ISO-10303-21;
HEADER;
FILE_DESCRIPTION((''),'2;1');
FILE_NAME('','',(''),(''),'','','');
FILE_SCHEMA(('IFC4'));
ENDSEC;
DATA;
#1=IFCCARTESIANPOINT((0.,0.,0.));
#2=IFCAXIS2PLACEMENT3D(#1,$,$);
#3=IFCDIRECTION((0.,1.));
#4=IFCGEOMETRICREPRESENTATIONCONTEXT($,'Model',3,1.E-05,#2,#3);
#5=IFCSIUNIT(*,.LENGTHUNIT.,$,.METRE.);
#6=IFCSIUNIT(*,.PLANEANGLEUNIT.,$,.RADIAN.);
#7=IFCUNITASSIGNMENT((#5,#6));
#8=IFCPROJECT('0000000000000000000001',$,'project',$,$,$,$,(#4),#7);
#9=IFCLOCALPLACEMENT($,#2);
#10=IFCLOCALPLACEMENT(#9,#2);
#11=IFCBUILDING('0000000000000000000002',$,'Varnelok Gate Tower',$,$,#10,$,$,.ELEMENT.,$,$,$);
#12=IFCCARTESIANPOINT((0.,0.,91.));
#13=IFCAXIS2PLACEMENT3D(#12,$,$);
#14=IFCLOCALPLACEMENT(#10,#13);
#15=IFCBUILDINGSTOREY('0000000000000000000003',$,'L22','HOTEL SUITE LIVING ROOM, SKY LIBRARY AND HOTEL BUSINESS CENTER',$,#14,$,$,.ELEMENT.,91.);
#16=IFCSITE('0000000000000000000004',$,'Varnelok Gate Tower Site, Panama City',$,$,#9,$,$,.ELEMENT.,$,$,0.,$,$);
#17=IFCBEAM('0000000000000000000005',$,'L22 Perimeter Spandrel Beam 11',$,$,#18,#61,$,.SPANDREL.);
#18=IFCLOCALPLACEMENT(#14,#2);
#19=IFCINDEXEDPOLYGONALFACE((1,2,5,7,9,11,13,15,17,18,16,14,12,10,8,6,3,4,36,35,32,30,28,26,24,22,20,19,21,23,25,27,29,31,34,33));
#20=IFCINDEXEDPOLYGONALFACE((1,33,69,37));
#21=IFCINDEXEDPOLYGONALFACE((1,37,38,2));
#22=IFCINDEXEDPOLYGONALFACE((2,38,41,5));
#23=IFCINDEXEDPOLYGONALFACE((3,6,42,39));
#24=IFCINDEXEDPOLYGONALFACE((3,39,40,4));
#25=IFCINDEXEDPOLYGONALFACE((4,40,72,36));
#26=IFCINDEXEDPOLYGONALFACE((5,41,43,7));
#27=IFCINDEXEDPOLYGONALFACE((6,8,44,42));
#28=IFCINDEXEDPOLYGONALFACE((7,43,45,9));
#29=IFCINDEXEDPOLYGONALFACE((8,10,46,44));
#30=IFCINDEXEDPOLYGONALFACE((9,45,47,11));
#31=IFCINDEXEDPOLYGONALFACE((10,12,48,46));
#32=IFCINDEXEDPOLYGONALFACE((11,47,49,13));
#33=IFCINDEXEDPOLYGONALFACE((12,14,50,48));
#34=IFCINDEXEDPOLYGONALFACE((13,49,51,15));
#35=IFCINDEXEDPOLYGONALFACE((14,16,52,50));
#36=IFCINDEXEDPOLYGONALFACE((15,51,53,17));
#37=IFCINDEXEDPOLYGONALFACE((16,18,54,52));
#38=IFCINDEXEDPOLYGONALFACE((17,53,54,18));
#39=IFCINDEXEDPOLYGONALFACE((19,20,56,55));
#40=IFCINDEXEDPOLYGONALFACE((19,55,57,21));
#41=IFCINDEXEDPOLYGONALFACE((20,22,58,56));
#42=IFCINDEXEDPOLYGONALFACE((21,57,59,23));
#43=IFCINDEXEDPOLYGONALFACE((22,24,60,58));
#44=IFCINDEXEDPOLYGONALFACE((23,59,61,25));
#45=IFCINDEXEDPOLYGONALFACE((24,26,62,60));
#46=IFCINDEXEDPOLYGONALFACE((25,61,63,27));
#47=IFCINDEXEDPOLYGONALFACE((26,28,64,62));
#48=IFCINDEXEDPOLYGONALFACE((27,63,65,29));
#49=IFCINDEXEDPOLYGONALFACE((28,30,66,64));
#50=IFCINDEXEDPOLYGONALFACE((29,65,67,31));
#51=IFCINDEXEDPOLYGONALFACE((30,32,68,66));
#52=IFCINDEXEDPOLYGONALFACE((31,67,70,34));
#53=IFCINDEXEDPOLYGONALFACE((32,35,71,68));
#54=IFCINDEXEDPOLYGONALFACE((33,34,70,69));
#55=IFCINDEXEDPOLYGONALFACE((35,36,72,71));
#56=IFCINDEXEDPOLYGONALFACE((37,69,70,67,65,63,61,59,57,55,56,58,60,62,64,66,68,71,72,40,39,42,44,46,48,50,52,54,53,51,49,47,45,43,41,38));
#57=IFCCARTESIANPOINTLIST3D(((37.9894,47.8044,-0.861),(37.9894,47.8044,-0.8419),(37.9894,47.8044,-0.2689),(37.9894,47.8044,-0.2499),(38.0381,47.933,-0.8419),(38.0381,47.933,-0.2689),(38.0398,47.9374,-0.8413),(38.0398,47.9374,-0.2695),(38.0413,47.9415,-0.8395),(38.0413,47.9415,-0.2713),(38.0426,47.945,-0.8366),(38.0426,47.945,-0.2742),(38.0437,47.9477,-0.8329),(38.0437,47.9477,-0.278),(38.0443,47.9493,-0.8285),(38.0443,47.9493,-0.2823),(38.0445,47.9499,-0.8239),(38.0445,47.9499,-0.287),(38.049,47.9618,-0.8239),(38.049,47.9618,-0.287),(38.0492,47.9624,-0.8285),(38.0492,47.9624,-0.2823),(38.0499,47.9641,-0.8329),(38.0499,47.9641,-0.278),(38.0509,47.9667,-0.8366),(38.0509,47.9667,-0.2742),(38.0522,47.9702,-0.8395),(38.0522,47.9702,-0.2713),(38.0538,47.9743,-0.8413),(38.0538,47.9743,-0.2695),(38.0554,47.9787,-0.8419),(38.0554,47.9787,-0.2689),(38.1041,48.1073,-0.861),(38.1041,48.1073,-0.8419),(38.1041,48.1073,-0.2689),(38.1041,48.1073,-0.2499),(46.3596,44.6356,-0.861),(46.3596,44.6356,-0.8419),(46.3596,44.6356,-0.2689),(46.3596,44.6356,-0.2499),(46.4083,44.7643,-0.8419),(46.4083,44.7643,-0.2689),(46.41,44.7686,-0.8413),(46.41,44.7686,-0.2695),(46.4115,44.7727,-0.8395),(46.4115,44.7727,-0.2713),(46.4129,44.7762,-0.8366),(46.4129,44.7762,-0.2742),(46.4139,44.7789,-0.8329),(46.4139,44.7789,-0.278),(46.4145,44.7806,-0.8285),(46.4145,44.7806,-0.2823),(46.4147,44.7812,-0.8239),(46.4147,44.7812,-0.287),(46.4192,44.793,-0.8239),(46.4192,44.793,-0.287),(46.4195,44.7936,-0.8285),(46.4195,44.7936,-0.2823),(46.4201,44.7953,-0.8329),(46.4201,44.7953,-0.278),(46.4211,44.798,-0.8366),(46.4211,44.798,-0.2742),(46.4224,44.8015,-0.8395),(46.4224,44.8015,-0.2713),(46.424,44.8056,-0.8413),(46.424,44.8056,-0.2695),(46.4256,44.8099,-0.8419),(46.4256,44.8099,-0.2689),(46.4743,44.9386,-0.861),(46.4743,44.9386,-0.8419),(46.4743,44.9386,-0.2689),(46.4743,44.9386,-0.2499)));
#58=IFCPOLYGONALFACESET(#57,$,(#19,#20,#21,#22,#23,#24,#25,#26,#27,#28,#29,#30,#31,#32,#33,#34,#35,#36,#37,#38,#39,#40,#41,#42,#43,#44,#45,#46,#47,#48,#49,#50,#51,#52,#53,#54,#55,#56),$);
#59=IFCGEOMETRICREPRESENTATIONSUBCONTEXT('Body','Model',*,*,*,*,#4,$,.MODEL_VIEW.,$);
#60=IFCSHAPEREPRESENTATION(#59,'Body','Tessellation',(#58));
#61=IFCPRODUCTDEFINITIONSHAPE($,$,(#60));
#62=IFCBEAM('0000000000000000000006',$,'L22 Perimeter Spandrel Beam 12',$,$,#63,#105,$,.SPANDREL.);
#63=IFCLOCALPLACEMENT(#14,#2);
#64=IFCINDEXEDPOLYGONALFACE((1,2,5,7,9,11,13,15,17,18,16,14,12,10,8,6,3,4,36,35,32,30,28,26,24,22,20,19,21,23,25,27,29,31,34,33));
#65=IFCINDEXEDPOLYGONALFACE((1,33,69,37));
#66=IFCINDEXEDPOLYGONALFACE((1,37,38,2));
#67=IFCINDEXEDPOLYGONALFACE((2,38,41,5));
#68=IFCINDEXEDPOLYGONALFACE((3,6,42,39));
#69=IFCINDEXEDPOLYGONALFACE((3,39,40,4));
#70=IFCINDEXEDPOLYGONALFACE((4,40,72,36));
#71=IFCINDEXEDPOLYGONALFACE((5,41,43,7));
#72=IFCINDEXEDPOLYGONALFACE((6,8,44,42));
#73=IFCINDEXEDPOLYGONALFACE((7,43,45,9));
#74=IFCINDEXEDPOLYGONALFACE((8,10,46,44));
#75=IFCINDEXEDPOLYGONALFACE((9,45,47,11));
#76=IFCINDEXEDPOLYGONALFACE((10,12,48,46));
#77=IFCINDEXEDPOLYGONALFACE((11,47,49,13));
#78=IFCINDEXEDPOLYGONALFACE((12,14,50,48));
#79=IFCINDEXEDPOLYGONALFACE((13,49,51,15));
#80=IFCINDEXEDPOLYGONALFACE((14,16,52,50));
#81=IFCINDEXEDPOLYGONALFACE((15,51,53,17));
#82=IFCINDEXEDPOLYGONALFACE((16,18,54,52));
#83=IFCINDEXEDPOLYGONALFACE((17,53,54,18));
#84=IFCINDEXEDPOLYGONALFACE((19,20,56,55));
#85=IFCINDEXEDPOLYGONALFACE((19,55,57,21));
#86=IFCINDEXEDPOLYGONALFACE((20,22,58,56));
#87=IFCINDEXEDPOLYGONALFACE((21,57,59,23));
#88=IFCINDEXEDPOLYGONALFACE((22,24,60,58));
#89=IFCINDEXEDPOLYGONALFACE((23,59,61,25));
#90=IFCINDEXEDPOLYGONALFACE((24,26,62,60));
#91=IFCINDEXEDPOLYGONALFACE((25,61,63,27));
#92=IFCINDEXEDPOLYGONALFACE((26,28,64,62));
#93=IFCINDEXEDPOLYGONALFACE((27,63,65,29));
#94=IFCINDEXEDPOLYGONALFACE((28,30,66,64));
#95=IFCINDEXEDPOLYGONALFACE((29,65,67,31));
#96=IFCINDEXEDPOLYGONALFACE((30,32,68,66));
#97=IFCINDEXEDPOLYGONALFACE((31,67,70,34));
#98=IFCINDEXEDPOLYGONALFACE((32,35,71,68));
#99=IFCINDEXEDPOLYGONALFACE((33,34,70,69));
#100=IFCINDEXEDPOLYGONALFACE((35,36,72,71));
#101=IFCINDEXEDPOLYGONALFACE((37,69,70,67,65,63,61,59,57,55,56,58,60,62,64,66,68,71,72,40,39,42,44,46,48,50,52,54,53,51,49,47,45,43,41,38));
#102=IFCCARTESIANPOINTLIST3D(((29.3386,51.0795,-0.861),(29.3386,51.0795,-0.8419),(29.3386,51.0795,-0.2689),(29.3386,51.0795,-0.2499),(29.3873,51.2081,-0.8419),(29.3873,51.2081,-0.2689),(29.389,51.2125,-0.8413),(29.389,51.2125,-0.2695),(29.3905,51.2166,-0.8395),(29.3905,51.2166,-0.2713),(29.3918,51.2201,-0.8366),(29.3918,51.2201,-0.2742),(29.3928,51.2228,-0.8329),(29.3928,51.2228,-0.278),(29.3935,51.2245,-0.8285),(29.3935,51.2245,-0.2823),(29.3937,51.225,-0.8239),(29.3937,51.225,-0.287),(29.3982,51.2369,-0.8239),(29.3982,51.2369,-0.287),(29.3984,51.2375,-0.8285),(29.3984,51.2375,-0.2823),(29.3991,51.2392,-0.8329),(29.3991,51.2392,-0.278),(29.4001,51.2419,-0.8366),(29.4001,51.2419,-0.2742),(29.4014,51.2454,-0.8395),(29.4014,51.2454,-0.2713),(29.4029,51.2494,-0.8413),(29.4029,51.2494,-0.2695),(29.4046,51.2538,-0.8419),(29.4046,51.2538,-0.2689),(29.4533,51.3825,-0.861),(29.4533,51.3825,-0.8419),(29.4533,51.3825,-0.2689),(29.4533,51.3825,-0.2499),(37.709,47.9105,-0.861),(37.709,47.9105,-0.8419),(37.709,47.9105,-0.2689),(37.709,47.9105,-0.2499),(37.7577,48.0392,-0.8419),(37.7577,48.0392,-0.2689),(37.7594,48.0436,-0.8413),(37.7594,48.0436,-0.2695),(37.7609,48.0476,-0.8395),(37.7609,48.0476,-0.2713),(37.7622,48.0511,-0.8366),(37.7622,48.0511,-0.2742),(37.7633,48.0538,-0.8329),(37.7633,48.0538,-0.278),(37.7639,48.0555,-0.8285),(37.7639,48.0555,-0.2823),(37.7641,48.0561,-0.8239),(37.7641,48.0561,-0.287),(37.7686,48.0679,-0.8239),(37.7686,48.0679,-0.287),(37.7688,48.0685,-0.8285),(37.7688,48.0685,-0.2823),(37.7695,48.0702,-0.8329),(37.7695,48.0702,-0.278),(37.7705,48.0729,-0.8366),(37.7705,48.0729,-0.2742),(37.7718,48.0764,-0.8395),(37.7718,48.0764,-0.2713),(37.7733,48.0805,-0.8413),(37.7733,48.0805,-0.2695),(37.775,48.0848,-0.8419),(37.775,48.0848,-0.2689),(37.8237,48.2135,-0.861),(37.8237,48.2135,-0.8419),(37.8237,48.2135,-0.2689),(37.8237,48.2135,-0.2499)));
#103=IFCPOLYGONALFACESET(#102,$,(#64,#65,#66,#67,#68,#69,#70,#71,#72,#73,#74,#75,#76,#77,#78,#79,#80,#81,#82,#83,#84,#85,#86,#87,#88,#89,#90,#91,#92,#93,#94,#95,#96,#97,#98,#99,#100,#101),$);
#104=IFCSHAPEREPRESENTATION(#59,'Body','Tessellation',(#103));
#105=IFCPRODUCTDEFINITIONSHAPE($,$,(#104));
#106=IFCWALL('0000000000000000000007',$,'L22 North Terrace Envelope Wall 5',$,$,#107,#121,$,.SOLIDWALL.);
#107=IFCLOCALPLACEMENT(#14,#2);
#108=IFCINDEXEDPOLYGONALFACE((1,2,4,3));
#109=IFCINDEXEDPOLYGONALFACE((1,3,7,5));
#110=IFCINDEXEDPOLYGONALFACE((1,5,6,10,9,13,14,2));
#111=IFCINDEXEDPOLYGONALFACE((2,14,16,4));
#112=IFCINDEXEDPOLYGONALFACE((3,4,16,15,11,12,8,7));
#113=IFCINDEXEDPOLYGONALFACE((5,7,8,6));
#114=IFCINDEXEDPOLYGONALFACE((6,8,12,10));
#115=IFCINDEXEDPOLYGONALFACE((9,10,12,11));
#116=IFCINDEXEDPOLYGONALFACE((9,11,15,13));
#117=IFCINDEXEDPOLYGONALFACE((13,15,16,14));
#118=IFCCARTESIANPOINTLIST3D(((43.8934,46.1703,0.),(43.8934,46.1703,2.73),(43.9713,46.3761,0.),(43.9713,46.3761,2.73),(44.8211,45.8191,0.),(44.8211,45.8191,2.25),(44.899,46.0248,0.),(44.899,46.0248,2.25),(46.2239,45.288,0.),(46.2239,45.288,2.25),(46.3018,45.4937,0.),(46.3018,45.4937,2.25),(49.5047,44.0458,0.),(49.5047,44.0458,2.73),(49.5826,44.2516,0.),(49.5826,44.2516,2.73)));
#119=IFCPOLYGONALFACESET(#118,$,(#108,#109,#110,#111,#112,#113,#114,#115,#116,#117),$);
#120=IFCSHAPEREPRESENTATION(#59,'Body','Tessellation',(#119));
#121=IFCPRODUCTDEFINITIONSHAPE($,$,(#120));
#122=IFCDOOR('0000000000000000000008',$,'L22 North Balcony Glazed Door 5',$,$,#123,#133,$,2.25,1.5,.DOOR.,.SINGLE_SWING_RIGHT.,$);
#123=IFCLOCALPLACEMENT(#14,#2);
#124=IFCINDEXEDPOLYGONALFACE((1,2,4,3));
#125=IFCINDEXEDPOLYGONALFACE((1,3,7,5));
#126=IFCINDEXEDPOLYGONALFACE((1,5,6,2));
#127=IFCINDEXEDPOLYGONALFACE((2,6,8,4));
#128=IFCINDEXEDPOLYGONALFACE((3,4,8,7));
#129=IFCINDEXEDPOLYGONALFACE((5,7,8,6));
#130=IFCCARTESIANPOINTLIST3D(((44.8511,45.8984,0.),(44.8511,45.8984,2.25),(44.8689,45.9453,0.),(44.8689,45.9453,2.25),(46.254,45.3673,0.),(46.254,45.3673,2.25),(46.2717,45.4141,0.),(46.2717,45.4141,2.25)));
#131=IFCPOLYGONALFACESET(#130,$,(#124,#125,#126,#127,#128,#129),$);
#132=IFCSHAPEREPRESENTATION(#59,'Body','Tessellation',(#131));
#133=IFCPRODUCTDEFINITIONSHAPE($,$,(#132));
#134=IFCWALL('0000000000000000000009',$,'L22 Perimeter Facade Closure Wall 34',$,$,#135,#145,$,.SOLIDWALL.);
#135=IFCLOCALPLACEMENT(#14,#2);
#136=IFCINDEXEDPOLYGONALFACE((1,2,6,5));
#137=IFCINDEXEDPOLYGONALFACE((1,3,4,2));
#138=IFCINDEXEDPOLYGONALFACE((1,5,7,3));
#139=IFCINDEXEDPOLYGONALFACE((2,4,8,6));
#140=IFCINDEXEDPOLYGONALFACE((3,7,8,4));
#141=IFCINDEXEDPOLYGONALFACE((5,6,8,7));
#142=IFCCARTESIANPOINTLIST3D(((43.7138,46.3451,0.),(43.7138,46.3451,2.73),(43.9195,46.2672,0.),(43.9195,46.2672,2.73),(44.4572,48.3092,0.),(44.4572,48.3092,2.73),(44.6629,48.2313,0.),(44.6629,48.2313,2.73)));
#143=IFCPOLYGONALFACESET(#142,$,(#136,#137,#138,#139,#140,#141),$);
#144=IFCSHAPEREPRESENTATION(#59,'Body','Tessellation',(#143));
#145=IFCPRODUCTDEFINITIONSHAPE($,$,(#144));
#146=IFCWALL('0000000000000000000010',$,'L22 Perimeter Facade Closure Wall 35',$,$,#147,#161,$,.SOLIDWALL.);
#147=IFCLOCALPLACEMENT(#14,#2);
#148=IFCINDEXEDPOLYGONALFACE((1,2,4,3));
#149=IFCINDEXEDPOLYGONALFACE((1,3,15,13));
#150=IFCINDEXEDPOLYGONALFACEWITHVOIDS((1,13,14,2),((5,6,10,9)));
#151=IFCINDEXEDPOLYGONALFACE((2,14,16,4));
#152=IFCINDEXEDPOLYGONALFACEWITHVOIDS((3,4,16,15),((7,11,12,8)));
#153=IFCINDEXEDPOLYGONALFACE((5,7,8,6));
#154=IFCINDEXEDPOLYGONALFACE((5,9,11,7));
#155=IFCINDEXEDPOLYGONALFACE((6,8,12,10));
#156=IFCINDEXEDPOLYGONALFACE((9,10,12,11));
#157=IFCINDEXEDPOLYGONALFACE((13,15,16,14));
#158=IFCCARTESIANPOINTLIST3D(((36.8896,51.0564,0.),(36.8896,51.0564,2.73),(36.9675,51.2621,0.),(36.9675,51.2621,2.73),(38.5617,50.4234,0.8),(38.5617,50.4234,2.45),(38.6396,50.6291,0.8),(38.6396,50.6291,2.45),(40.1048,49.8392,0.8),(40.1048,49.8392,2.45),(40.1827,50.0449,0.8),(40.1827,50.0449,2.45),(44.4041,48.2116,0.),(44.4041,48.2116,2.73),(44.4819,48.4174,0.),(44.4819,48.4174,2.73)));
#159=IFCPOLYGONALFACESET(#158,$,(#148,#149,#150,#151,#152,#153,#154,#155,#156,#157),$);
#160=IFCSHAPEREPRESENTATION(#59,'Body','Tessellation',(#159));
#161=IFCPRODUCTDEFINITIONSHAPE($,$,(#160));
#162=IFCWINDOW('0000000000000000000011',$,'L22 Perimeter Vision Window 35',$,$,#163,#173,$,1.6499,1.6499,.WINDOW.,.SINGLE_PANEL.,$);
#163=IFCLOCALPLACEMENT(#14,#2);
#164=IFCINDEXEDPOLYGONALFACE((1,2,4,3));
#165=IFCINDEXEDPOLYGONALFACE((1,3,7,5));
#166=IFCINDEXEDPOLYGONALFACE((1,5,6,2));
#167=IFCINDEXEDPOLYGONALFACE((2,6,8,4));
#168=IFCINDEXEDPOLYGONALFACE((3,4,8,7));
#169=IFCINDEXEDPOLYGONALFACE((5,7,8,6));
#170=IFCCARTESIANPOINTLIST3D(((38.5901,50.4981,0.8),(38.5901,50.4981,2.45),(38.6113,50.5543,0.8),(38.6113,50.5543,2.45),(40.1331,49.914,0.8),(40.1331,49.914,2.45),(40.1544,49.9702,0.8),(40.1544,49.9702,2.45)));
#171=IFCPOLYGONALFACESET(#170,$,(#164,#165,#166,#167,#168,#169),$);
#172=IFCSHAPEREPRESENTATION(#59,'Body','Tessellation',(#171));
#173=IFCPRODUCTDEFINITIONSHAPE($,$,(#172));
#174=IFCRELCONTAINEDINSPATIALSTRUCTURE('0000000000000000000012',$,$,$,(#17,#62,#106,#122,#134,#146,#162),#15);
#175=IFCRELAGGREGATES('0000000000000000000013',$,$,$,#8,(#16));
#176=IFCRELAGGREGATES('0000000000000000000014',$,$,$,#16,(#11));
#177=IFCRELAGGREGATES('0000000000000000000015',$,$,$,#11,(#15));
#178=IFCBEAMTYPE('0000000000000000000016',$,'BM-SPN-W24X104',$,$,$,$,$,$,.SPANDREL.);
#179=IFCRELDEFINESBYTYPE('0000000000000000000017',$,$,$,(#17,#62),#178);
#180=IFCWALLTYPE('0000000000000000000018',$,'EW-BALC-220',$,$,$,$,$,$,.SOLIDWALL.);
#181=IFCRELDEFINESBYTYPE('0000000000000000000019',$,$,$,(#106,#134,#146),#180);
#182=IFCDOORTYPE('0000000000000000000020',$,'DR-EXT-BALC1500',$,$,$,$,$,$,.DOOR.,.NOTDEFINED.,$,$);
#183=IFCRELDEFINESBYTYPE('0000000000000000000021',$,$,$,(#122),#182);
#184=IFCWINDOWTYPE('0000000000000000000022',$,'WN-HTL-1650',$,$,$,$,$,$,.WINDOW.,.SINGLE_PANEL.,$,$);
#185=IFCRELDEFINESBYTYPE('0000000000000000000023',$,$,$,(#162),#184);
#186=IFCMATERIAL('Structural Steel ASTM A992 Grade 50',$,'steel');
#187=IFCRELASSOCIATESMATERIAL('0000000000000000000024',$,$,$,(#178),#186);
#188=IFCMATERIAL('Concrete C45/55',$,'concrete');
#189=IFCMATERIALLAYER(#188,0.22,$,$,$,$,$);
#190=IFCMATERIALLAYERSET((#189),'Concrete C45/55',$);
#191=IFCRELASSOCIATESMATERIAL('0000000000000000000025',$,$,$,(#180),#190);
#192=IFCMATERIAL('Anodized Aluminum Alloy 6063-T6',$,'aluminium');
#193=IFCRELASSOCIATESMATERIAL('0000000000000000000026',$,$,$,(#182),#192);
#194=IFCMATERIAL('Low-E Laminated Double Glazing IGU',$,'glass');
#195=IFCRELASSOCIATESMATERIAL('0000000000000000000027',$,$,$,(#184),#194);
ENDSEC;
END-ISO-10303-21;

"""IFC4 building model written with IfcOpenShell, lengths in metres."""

from ifc_helpers import new_model, si_unit, direction, frame, frame_2d, origin, origin_2d, place, context, subcontext, project, spatial, rectangle, i_section, extrude, material, layer, layer_set, material_profile, profile_set, type_object, element, fill, save


model = new_model("IFC4")

# Units and contexts
model_context = context("Model", 3, precision=1e-05, world=origin(), true_north=direction((0.0, 1.0)))
body_context = subcontext(model_context, "Body", "Model", "MODEL_VIEW")
ifc_project = project(units=[si_unit("LENGTHUNIT", "METRE"), si_unit("PLANEANGLEUNIT", "RADIAN")], contexts=[model_context])

# Site, building, storey
site_placement = place(None, origin())
site = spatial("IfcSite", under=ifc_project, at=site_placement, Name="Varnelok Gate Tower Site, Panama City", CompositionType="ELEMENT", RefElevation=0.0)
building_placement = place(site_placement, origin())
building = spatial("IfcBuilding", under=site, at=building_placement, Name="Varnelok Gate Tower", CompositionType="ELEMENT")
storey_placement = place(building_placement, frame((0.0, 0.0, 91.0)))
storey = spatial("IfcBuildingStorey", under=building, at=storey_placement, Name="L22", Description="HOTEL SUITE LIVING ROOM, SKY LIBRARY AND HOTEL BUSINESS CENTER", CompositionType="ELEMENT", Elevation=91.0)

# Shared definitions
ifc_material_1 = material(Name="Structural Steel ASTM A992 Grade 50", Category="steel")

# Beams
ifc_material_profile_1 = material_profile(ifc_material_1, i_section(OverallWidth=0.324, OverallDepth=0.6111, WebThickness=0.0127, FlangeThickness=0.019, FilletRadius=0.0181, at=origin_2d()), Name="W24X104")
ifc_profile_set_1 = profile_set([ifc_material_profile_1], Name="Structural Steel ASTM A992 Grade 50")
beam_type_1 = type_object("IfcBeamType", Name="BM-SPN-W24X104", PredefinedType="SPANDREL", material=ifc_profile_set_1)
beam_1_placement = place(storey_placement, frame((46.417, 44.7871, -0.5554), z_axis=(-0.935226, 0.354051, 0.0), x_axis=(-0.354051, -0.935226, 0.0)))
element("IfcBeam", 1, at=beam_1_placement, inside=storey, type_object=beam_type_1, Name="L22 Perimeter Spandrel Beam 11", PredefinedType="SPANDREL", context=body_context, shape_type="SweptSolid", body=[
    extrude(i_section(OverallWidth=0.324, OverallDepth=0.6111, WebThickness=0.0127, FlangeThickness=0.019, FilletRadius=0.0181, at=origin_2d()), origin(), (0.0, 0.0, 1.0), 8.95),
])
beam_2_placement = place(storey_placement, frame((37.7664, 48.062, -0.5554), z_axis=(-0.93522, 0.354066, 0.0), x_axis=(-0.354066, -0.93522, 0.0)))
element("IfcBeam", 2, at=beam_2_placement, inside=storey, type_object=beam_type_1, Name="L22 Perimeter Spandrel Beam 12", PredefinedType="SPANDREL", context=body_context, shape_type="SweptSolid", body=[
    extrude(i_section(OverallWidth=0.324, OverallDepth=0.6111, WebThickness=0.0127, FlangeThickness=0.019, FilletRadius=0.0181, at=origin_2d()), origin(), (0.0, 0.0, 1.0), 8.9502),
])

# Wall, opening, door
ifc_material_2 = material(Name="Concrete C45/55", Category="concrete")
ifc_layer_1 = layer(ifc_material_2, 0.22)
ifc_layer_set_1 = layer_set([ifc_layer_1], Name="Concrete C45/55")
wall_type_1 = type_object("IfcWallType", Name="EW-BALC-220", PredefinedType="SOLIDWALL", material=ifc_layer_set_1)
wall_1_placement = place(storey_placement, frame((43.9324, 46.2732, 0.0), z_axis=(0.0, 0.0, 1.0), x_axis=(0.935214, -0.354083, 0.0)))
wall_1 = element("IfcWall", 3, at=wall_1_placement, inside=storey, type_object=wall_type_1, Name="L22 North Terrace Envelope Wall 5", PredefinedType="SOLIDWALL", context=body_context, shape_type="SweptSolid", body=[
    extrude(rectangle(XDim=6.0, YDim=0.22, at=frame_2d((3.0, 0.0))), origin(), (0.0, 0.0, 1.0), 2.73),
])
opening_1_placement = place(wall_1_placement, frame((0.9919, 0.0, 0.0)))
opening_1 = element("IfcOpeningElement", 4, at=opening_1_placement, cuts=wall_1, PredefinedType="OPENING", context=body_context, shape_type="SweptSolid", body=[
    extrude(rectangle(XDim=1.5, YDim=2.25, at=frame_2d((0.75, 1.125))), frame((0.0, 0.1199, 0.0), z_axis=(0.0, -1.0, 0.0), x_axis=(1.0, 0.0, 0.0)), (0.0, 0.0, 1.0), 0.24),
])
ifc_material_3 = material(Name="Anodized Aluminum Alloy 6063-T6", Category="aluminium")
door_type_1 = type_object("IfcDoorType", Name="DR-EXT-BALC1500", OperationType="NOTDEFINED", PredefinedType="DOOR", material=ifc_material_3)
door_1_placement = place(opening_1_placement, origin())
door_1 = element("IfcDoor", 5, at=door_1_placement, inside=storey, type_object=door_type_1, Name="L22 North Balcony Glazed Door 5", OperationType="SINGLE_SWING_RIGHT", OverallHeight=2.25, OverallWidth=1.5, PredefinedType="DOOR", context=body_context, shape_type="SweptSolid", body=[
    extrude(rectangle(XDim=1.5, YDim=2.25, at=frame_2d((0.75, 1.125))), frame((0.0, 0.0249, 0.0), z_axis=(0.0, -1.0, 0.0), x_axis=(1.0, 0.0, 0.0)), (0.0, 0.0, 1.0), 0.05),
])
fill(opening_1, door_1)

# Wall
wall_2_placement = place(storey_placement, frame((43.8167, 46.3062, 0.0), z_axis=(0.0, 0.0, 1.0), x_axis=(0.353988, 0.93525, 0.0)))
element("IfcWall", 6, at=wall_2_placement, inside=storey, type_object=wall_type_1, Name="L22 Perimeter Facade Closure Wall 34", PredefinedType="SOLIDWALL", context=body_context, shape_type="SweptSolid", body=[
    extrude(rectangle(XDim=2.1001, YDim=0.22, at=frame_2d((1.05, 0.0))), origin(), (0.0, 0.0, 1.0), 2.73),
])

# Wall, opening, window
wall_3_placement = place(storey_placement, frame((44.4431, 48.3145, 0.0), z_axis=(0.0, 0.0, 1.0), x_axis=(-0.935227, 0.354049, 0.0)))
wall_3 = element("IfcWall", 7, at=wall_3_placement, inside=storey, type_object=wall_type_1, Name="L22 Perimeter Facade Closure Wall 35", PredefinedType="SOLIDWALL", context=body_context, shape_type="SweptSolid", body=[
    extrude(rectangle(XDim=8.0349, YDim=0.22, at=frame_2d((4.0176, 0.0))), origin(), (0.0, 0.0, 1.0), 2.73),
])
opening_2_placement = place(wall_3_placement, frame((4.5972, 0.0, 0.8)))
opening_2 = element("IfcOpeningElement", 8, at=opening_2_placement, cuts=wall_3, PredefinedType="OPENING", context=body_context, shape_type="SweptSolid", body=[
    extrude(rectangle(XDim=1.6499, YDim=1.6499, at=frame_2d((0.825, 0.825))), frame((0.0, 0.1199, 0.0), z_axis=(0.0, -1.0, 0.0), x_axis=(1.0, 0.0, 0.0)), (0.0, 0.0, 1.0), 0.24),
])
ifc_material_4 = material(Name="Low-E Laminated Double Glazing IGU", Category="glass")
window_type = type_object("IfcWindowType", Name="WN-HTL-1650", PartitioningType="SINGLE_PANEL", PredefinedType="WINDOW", material=ifc_material_4)
window_placement = place(opening_2_placement, origin())
window = element("IfcWindow", 9, at=window_placement, inside=storey, type_object=window_type, Name="L22 Perimeter Vision Window 35", OverallHeight=1.6499, OverallWidth=1.6499, PartitioningType="SINGLE_PANEL", PredefinedType="WINDOW", context=body_context, shape_type="SweptSolid", body=[
    extrude(rectangle(XDim=1.6499, YDim=1.6499, at=frame_2d((0.825, 0.825))), frame((0.0, 0.03, 0.0), z_axis=(0.0, -1.0, 0.0), x_axis=(1.0, 0.0, 0.0)), (0.0, 0.0, 1.0), 0.0601),
])
fill(opening_2, window)

save(model, "model.ifc")
